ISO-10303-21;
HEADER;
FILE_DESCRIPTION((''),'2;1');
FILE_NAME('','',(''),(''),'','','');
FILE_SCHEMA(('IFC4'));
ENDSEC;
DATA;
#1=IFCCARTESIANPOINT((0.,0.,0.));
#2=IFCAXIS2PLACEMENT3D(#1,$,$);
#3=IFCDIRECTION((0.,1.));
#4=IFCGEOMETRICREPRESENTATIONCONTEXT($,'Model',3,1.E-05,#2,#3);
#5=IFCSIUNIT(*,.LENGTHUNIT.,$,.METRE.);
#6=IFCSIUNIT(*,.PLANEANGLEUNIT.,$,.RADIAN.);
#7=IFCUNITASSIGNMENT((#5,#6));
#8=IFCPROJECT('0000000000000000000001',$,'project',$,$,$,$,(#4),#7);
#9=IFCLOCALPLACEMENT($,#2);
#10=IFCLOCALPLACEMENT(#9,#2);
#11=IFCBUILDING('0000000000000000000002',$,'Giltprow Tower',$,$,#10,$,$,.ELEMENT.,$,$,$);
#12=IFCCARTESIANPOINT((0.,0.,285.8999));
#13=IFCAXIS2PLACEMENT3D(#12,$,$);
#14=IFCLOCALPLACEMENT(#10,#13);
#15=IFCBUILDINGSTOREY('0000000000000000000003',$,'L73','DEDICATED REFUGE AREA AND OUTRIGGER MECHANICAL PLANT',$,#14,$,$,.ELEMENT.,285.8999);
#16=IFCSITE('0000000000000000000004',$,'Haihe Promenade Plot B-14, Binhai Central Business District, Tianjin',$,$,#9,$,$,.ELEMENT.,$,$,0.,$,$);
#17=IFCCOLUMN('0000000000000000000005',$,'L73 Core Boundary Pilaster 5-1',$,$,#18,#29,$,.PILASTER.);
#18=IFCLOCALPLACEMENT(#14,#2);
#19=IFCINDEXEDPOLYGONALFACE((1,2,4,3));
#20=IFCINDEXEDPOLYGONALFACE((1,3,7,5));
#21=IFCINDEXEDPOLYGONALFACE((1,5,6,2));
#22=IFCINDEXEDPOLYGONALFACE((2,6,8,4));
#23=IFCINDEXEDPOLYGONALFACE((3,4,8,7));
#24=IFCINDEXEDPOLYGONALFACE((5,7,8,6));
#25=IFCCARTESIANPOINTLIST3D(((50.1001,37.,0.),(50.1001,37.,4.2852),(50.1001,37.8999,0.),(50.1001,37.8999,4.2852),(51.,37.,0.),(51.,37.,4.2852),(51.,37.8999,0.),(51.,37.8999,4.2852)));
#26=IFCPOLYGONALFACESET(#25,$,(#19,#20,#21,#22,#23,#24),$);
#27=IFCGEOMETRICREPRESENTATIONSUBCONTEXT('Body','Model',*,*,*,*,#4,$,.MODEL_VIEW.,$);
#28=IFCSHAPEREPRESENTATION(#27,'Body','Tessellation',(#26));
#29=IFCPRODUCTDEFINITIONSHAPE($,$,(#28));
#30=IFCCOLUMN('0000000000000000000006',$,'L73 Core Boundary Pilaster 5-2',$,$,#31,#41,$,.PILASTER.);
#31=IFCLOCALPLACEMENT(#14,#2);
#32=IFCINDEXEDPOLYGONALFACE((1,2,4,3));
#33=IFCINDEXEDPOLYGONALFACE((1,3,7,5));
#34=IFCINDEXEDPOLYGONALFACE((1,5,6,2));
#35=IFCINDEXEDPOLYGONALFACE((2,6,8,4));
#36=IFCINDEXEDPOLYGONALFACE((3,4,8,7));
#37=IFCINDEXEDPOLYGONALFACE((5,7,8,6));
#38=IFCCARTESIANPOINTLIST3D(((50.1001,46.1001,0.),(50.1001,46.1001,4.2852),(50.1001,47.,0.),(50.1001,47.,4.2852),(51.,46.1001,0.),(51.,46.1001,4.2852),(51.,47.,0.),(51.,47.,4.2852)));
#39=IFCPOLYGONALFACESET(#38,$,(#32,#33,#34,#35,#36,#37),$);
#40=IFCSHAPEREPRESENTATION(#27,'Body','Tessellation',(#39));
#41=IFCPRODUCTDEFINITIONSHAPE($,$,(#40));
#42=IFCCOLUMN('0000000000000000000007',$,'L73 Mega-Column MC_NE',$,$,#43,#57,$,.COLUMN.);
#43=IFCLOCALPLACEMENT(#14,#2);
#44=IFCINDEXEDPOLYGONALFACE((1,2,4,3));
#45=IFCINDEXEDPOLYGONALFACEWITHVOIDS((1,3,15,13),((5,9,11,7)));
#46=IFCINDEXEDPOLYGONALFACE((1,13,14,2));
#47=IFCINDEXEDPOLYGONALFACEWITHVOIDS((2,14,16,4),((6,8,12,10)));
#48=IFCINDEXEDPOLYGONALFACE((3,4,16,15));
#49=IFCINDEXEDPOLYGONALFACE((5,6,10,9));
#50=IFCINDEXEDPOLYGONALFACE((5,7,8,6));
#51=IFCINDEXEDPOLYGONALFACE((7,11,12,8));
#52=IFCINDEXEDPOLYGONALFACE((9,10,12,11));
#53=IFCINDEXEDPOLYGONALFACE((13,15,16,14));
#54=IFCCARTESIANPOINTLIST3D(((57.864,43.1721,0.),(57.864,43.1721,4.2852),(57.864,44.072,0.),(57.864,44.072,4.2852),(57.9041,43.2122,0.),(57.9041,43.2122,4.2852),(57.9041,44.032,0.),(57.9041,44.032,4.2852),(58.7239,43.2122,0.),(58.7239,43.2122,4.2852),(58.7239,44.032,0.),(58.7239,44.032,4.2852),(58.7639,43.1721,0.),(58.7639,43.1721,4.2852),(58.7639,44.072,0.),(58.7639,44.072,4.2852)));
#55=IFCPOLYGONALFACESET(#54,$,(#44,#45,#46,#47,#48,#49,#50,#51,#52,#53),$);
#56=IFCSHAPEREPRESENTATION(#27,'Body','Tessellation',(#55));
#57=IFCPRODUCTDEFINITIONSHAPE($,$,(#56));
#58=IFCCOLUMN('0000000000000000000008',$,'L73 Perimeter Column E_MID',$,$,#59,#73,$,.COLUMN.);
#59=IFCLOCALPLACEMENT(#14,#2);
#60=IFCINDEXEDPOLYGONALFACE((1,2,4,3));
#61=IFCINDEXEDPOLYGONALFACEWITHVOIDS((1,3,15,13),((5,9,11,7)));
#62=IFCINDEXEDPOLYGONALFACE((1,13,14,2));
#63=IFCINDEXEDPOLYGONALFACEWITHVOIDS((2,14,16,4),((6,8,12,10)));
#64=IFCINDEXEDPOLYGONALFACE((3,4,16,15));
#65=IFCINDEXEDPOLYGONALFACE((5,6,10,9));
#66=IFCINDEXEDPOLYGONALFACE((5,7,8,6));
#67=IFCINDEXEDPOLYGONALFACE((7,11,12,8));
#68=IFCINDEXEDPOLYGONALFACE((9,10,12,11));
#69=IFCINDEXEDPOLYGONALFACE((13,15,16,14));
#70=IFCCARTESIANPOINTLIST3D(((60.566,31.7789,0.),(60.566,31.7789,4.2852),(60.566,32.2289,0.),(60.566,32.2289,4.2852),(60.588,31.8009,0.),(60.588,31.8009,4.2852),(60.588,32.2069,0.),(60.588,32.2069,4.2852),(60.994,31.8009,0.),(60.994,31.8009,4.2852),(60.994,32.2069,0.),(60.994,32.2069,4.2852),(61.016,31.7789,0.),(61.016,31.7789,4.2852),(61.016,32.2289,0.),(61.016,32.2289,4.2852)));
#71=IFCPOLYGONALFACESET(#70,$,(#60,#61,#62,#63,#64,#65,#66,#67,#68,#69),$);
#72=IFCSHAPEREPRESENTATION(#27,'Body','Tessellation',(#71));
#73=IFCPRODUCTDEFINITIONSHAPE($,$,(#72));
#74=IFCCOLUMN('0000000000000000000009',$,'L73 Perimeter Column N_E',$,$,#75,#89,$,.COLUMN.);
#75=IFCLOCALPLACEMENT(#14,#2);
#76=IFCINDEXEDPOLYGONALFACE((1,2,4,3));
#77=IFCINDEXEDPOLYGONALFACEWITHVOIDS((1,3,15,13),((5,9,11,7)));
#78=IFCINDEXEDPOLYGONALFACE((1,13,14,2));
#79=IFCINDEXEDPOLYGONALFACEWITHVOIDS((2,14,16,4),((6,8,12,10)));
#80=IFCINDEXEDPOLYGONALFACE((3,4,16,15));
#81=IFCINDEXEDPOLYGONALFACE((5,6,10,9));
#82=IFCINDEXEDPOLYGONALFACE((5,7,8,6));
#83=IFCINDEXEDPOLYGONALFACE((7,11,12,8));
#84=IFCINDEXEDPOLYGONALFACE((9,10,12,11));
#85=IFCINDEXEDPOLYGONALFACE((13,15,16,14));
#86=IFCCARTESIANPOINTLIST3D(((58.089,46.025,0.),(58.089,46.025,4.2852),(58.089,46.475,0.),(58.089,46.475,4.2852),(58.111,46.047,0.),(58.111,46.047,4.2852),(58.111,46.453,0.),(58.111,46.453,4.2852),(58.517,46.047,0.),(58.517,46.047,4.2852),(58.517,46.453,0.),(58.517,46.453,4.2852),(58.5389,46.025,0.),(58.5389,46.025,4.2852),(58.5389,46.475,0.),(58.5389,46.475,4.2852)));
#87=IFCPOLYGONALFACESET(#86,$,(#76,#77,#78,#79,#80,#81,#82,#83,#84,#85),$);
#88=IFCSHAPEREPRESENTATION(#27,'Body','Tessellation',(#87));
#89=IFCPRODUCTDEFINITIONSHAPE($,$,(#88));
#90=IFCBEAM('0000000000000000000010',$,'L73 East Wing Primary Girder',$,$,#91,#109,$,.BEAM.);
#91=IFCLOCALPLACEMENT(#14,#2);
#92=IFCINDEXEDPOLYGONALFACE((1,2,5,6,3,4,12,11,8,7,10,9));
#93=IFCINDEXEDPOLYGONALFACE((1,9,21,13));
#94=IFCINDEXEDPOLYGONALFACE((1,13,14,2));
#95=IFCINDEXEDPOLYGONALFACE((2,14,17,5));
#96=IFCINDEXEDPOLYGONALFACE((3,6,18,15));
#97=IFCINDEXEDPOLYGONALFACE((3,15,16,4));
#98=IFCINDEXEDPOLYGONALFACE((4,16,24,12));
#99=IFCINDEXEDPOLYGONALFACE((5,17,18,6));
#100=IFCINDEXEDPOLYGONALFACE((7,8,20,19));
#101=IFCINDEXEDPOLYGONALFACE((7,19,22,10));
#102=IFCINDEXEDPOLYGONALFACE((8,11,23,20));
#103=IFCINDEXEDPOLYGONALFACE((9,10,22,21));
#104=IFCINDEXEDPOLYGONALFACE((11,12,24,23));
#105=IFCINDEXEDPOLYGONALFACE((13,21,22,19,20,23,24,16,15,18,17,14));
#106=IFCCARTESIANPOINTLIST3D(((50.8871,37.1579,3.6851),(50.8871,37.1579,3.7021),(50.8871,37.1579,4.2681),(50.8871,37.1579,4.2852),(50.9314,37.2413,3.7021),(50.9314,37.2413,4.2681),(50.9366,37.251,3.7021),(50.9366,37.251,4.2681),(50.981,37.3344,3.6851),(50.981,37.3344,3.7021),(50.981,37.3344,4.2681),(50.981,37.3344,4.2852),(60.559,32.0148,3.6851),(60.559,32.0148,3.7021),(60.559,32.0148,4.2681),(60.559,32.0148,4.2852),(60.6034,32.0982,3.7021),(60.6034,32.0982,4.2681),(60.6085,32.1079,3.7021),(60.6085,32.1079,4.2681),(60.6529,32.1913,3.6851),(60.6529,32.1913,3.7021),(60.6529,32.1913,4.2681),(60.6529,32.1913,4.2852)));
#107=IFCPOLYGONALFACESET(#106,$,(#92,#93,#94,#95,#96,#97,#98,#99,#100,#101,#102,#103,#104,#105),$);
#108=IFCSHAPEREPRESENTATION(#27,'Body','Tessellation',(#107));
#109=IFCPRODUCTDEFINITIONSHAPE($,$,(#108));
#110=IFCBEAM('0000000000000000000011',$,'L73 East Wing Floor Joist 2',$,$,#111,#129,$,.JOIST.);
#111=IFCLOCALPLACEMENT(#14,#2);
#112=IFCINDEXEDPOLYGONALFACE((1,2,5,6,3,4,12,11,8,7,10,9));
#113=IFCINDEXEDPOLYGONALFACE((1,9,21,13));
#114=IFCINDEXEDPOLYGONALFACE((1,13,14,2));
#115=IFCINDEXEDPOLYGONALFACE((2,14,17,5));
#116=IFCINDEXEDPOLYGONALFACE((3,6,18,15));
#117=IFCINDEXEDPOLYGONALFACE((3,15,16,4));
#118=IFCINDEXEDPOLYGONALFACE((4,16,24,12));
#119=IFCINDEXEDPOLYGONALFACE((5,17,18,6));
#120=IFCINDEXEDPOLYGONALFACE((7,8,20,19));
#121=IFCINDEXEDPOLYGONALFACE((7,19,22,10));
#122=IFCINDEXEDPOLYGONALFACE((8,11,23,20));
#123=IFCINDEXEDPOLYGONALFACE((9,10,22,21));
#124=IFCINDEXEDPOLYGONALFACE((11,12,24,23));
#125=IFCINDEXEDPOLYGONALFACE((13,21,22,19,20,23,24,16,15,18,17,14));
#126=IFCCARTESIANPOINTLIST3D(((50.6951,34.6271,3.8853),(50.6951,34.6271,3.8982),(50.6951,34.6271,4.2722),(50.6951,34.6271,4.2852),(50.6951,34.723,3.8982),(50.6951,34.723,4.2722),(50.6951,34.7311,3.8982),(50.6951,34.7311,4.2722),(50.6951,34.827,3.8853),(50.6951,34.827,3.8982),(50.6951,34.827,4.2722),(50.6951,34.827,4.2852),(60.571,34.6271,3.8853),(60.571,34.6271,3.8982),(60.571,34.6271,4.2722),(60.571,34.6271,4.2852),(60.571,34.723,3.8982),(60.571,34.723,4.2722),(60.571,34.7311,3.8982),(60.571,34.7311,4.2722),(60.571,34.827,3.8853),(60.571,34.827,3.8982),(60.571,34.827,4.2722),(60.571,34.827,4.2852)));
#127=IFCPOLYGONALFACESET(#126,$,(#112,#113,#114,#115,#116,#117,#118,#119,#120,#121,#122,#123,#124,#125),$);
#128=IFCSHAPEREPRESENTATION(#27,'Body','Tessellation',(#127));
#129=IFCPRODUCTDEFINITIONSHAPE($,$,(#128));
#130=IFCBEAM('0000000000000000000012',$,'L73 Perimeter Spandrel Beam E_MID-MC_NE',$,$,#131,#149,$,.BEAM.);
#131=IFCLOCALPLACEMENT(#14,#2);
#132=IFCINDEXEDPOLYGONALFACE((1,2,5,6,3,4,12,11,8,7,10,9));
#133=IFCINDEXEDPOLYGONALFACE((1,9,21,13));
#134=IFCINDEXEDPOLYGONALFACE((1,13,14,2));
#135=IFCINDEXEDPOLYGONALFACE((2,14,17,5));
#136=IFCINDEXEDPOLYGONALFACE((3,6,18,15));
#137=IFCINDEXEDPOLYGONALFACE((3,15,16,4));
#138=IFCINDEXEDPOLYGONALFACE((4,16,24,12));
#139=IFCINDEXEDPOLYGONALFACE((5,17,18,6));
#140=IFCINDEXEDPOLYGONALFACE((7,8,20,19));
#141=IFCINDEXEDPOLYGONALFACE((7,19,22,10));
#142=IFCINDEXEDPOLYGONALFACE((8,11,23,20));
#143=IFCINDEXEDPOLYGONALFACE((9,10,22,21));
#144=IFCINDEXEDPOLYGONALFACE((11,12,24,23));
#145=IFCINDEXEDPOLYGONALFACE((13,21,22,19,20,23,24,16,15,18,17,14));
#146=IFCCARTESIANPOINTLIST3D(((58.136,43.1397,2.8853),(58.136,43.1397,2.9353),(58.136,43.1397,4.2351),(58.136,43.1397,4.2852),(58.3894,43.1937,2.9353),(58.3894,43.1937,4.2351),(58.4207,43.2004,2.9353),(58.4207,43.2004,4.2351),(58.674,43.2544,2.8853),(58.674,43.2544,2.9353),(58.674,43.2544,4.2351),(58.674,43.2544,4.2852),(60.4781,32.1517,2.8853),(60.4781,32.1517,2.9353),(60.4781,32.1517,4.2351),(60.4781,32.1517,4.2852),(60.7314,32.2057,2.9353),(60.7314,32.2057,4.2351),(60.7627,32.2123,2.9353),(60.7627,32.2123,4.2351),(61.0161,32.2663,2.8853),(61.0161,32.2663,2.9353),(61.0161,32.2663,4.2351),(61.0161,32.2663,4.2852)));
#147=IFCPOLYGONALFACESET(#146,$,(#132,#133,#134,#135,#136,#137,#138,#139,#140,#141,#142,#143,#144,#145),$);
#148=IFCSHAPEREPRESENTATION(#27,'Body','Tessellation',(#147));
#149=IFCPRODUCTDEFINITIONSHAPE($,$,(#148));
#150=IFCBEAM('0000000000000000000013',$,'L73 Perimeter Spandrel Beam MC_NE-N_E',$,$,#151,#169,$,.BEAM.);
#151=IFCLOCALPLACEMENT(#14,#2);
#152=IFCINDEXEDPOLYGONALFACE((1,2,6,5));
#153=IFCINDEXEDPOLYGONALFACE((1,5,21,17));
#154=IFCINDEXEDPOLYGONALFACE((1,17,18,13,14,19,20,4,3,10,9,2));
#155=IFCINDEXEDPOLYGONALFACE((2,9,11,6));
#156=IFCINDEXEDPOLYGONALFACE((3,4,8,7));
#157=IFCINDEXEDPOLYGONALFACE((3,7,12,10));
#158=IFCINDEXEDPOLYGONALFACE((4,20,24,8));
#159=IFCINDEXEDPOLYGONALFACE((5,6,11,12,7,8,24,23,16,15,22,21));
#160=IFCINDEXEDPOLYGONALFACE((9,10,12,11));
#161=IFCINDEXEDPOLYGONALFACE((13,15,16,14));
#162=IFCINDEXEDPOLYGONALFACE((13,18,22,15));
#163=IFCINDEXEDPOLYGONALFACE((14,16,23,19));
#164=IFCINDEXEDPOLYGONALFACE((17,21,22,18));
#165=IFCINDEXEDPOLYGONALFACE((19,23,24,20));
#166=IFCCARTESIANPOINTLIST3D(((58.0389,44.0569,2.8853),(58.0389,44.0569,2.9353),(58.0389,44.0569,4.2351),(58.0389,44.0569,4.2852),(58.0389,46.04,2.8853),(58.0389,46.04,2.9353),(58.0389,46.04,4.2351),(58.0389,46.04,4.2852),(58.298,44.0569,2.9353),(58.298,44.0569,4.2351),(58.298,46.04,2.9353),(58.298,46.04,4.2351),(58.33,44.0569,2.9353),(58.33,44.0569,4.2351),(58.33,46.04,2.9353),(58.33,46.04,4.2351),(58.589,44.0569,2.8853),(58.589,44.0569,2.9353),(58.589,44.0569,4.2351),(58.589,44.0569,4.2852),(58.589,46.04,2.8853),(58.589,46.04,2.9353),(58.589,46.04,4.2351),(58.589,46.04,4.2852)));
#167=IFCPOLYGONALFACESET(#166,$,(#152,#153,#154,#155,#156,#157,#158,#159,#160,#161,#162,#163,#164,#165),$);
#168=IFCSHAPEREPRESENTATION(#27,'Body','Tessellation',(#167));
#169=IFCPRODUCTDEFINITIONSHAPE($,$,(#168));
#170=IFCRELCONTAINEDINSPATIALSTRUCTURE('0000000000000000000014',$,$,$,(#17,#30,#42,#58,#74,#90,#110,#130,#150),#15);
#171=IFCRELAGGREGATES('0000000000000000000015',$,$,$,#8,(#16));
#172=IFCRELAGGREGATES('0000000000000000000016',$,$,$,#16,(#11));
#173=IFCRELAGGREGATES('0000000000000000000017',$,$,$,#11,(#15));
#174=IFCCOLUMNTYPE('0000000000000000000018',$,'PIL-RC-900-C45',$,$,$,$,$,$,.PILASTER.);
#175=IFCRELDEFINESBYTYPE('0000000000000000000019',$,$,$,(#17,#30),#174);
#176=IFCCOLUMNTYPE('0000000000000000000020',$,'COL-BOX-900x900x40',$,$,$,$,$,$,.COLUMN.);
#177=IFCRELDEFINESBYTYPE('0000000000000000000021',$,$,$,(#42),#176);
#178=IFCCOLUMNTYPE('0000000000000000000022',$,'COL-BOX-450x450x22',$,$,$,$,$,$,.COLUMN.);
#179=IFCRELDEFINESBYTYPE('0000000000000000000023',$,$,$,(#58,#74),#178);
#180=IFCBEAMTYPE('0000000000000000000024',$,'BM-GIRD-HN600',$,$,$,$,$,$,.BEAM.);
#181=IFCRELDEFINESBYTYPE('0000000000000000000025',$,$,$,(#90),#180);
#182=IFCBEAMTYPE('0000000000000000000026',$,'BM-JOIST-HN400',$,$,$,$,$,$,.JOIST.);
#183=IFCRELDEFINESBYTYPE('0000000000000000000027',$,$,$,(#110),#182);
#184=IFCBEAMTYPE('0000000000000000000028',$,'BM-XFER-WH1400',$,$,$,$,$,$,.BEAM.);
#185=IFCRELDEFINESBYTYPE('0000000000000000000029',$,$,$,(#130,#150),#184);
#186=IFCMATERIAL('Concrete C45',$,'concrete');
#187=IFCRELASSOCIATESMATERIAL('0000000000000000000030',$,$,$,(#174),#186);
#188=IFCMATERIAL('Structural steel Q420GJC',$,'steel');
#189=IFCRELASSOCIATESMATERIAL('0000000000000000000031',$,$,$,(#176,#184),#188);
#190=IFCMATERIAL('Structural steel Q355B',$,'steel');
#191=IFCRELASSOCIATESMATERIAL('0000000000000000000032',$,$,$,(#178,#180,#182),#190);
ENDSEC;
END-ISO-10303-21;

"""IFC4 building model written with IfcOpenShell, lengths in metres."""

from ifc_helpers import new_model, si_unit, direction, frame, origin, origin_2d, place, context, subcontext, project, spatial, rectangle, hollow_rectangle, i_section, extrude, source, transform, mapped, material, material_profile, profile_set, type_object, element, save


model = new_model("IFC4")

# Units and contexts
model_context = context("Model", 3, precision=1e-05, world=origin(), true_north=direction((0.0, 1.0)))
body_context = subcontext(model_context, "Body", "Model", "MODEL_VIEW")
ifc_project = project(units=[si_unit("LENGTHUNIT", "METRE"), si_unit("PLANEANGLEUNIT", "RADIAN")], contexts=[model_context])

# Site, building, storey
site_placement = place(None, origin())
site = spatial("IfcSite", under=ifc_project, at=site_placement, Name="Haihe Promenade Plot B-14, Binhai Central Business District, Tianjin", CompositionType="ELEMENT", RefElevation=0.0)
building_placement = place(site_placement, origin())
building = spatial("IfcBuilding", under=site, at=building_placement, Name="Giltprow Tower", CompositionType="ELEMENT")
storey_placement = place(building_placement, frame((0.0, 0.0, 285.8999)))
storey = spatial("IfcBuildingStorey", under=building, at=storey_placement, Name="L73", Description="DEDICATED REFUGE AREA AND OUTRIGGER MECHANICAL PLANT", CompositionType="ELEMENT", Elevation=285.8999)

# Columns
ifc_material_1 = material(Name="Concrete C45", Category="concrete")
ifc_material_profile_1 = material_profile(ifc_material_1, rectangle(XDim=0.8999, YDim=0.8999, at=origin_2d()), Name="RC 900x900")
ifc_profile_set_1 = profile_set([ifc_material_profile_1], Name="Concrete C45")
column_type_1 = type_object("IfcColumnType", Name="PIL-RC-900-C45", PredefinedType="PILASTER", material=ifc_profile_set_1)
shared_shape_1 = source(origin(), body_context, "Body", "SweptSolid", [
    extrude(rectangle(XDim=0.8999, YDim=0.8999, at=origin_2d()), origin(), (0.0, 0.0, 1.0), 4.2852),
])
for number, where, z_axis, x_axis, name in (
    (1, (50.55, 37.45, 0.0), (0.0, 0.0, 1.0), (1.0, 0.0, 0.0), "L73 Core Boundary Pilaster 5-1"),
    (2, (50.55, 46.55, 0.0), (0.0, 0.0, 1.0), (1.0, 0.0, 0.0), "L73 Core Boundary Pilaster 5-2"),
):
    element("IfcColumn", number, at=place(storey_placement, frame(where, z_axis=z_axis, x_axis=x_axis)), inside=storey, type_object=column_type_1, Name=name, PredefinedType="PILASTER", context=body_context, shape_type="MappedRepresentation", body=[
        mapped(shared_shape_1, transform((0.0, 0.0, 0.0), x_axis=(1.0, 0.0, 0.0), y_axis=(0.0, 1.0, 0.0), z_axis=(0.0, 0.0, 1.0), scale=1.0)),
    ])
ifc_material_2 = material(Name="Structural steel Q420GJC", Category="steel")
ifc_material_profile_2 = material_profile(ifc_material_2, hollow_rectangle(XDim=0.8999, YDim=0.8999, WallThickness=0.04, at=origin_2d()), Name="BOX 900x900x40")
ifc_profile_set_2 = profile_set([ifc_material_profile_2], Name="Structural steel Q420GJC")
column_type_2 = type_object("IfcColumnType", Name="COL-BOX-900x900x40", PredefinedType="COLUMN", material=ifc_profile_set_2)
shared_shape_2 = source(origin(), body_context, "Body", "SweptSolid", [
    extrude(hollow_rectangle(XDim=0.8999, YDim=0.8999, WallThickness=0.04, at=origin_2d()), origin(), (0.0, 0.0, 1.0), 4.2852),
])
column_placement = place(storey_placement, frame((58.314, 43.6221, 0.0), z_axis=(0.0, 0.0, 1.0), x_axis=(1.0, 0.0, 0.0)))
element("IfcColumn", 3, at=column_placement, inside=storey, type_object=column_type_2, Name="L73 Mega-Column MC_NE", PredefinedType="COLUMN", context=body_context, shape_type="MappedRepresentation", body=[
    mapped(shared_shape_2, transform((0.0, 0.0, 0.0), x_axis=(1.0, 0.0, 0.0), y_axis=(0.0, 1.0, 0.0), z_axis=(0.0, 0.0, 1.0), scale=1.0)),
])
ifc_material_3 = material(Name="Structural steel Q355B", Category="steel")
ifc_material_profile_3 = material_profile(ifc_material_3, hollow_rectangle(XDim=0.45, YDim=0.45, WallThickness=0.022, at=origin_2d()), Name="BOX 450x450x22")
ifc_profile_set_3 = profile_set([ifc_material_profile_3], Name="Structural steel Q355B")
column_type_3 = type_object("IfcColumnType", Name="COL-BOX-450x450x22", PredefinedType="COLUMN", material=ifc_profile_set_3)
shared_shape_3 = source(origin(), body_context, "Body", "SweptSolid", [
    extrude(hollow_rectangle(XDim=0.45, YDim=0.45, WallThickness=0.022, at=origin_2d()), origin(), (0.0, 0.0, 1.0), 4.2852),
])
for number, where, z_axis, x_axis, name in (
    (4, (60.791, 32.0039, 0.0), (0.0, 0.0, 1.0), (1.0, 0.0, 0.0), "L73 Perimeter Column E_MID"),
    (5, (58.314, 46.25, 0.0), (0.0, 0.0, 1.0), (1.0, 0.0, 0.0), "L73 Perimeter Column N_E"),
):
    element("IfcColumn", number, at=place(storey_placement, frame(where, z_axis=z_axis, x_axis=x_axis)), inside=storey, type_object=column_type_3, Name=name, PredefinedType="COLUMN", context=body_context, shape_type="MappedRepresentation", body=[
        mapped(shared_shape_3, transform((0.0, 0.0, 0.0), x_axis=(1.0, 0.0, 0.0), y_axis=(0.0, 1.0, 0.0), z_axis=(0.0, 0.0, 1.0), scale=1.0)),
    ])

# Beams
ifc_material_profile_4 = material_profile(ifc_material_3, i_section(OverallWidth=0.2, OverallDepth=0.6001, WebThickness=0.011, FlangeThickness=0.0171, at=origin_2d()), Name="HN 600x200x11x17")
ifc_profile_set_4 = profile_set([ifc_material_profile_4], Name="Structural steel Q355B")
beam_type_1 = type_object("IfcBeamType", Name="BM-GIRD-HN600", PredefinedType="BEAM", material=ifc_profile_set_4)
shared_shape_4 = source(origin(), body_context, "Body", "SweptSolid", [
    extrude(i_section(OverallWidth=0.2, OverallDepth=0.6001, WebThickness=0.011, FlangeThickness=0.0171, at=origin_2d()), origin(), (0.0, 0.0, 1.0), 10.9543),
])
beam_1_placement = place(storey_placement, frame((60.606, 32.103, 3.9851), z_axis=(-0.882931, 0.469503, 0.0), x_axis=(-0.469503, -0.882931, 0.0)))
element("IfcBeam", 6, at=beam_1_placement, inside=storey, type_object=beam_type_1, Name="L73 East Wing Primary Girder", PredefinedType="BEAM", context=body_context, shape_type="MappedRepresentation", body=[
    mapped(shared_shape_4, transform((0.0, 0.0, 0.0), x_axis=(1.0, 0.0, 0.0), y_axis=(0.0, 1.0, 0.0), z_axis=(0.0, 0.0, 1.0), scale=1.0)),
])
ifc_material_profile_5 = material_profile(ifc_material_3, i_section(OverallWidth=0.2, OverallDepth=0.3999, WebThickness=0.0081, FlangeThickness=0.0129, at=origin_2d()), Name="HN 400x200x8x13")
ifc_profile_set_5 = profile_set([ifc_material_profile_5], Name="Structural steel Q355B")
beam_type_2 = type_object("IfcBeamType", Name="BM-JOIST-HN400", PredefinedType="JOIST", material=ifc_profile_set_5)
shared_shape_5 = source(origin(), body_context, "Body", "SweptSolid", [
    extrude(i_section(OverallWidth=0.2, OverallDepth=0.3999, WebThickness=0.0081, FlangeThickness=0.0129, at=origin_2d()), origin(), (0.0, 0.0, 1.0), 9.876),
])
beam_2_placement = place(storey_placement, frame((50.6951, 34.7271, 4.0852), z_axis=(1.0, 0.0, 0.0), x_axis=(0.0, 1.0, 0.0)))
element("IfcBeam", 7, at=beam_2_placement, inside=storey, type_object=beam_type_2, Name="L73 East Wing Floor Joist 2", PredefinedType="JOIST", context=body_context, shape_type="MappedRepresentation", body=[
    mapped(shared_shape_5, transform((0.0, 0.0, 0.0), x_axis=(1.0, 0.0, 0.0), y_axis=(0.0, 1.0, 0.0), z_axis=(0.0, 0.0, 1.0), scale=1.0)),
])
ifc_material_profile_6 = material_profile(ifc_material_2, i_section(OverallWidth=0.55, OverallDepth=1.3999, WebThickness=0.032, FlangeThickness=0.05, at=origin_2d()), Name="WH 1400x550x32x50")
ifc_profile_set_6 = profile_set([ifc_material_profile_6], Name="Structural steel Q420GJC")
beam_type_3 = type_object("IfcBeamType", Name="BM-XFER-WH1400", PredefinedType="BEAM", material=ifc_profile_set_6)
shared_shape_6 = source(origin(), body_context, "Body", "SweptSolid", [
    extrude(i_section(OverallWidth=0.55, OverallDepth=1.3999, WebThickness=0.032, FlangeThickness=0.05, at=origin_2d()), origin(), (0.0, 0.0, 1.0), 11.2349),
])
beam_3_placement = place(storey_placement, frame((60.7471, 32.209, 3.5852), z_axis=(-0.208462, 0.97803, 0.0), x_axis=(-0.97803, -0.208462, 0.0)))
element("IfcBeam", 8, at=beam_3_placement, inside=storey, type_object=beam_type_3, Name="L73 Perimeter Spandrel Beam E_MID-MC_NE", PredefinedType="BEAM", context=body_context, shape_type="MappedRepresentation", body=[
    mapped(shared_shape_6, transform((0.0, 0.0, 0.0), x_axis=(1.0, 0.0, 0.0), y_axis=(0.0, 1.0, 0.0), z_axis=(0.0, 0.0, 1.0), scale=1.0)),
])
shared_shape_7 = source(origin(), body_context, "Body", "SweptSolid", [
    extrude(i_section(OverallWidth=0.55, OverallDepth=1.3999, WebThickness=0.032, FlangeThickness=0.05, at=origin_2d()), origin(), (0.0, 0.0, 1.0), 1.9832),
])
beam_4_placement = place(storey_placement, frame((58.314, 44.0569, 3.5852), z_axis=(0.0, 1.0, 0.0), x_axis=(-1.0, 0.0, 0.0)))
element("IfcBeam", 9, at=beam_4_placement, inside=storey, type_object=beam_type_3, Name="L73 Perimeter Spandrel Beam MC_NE-N_E", PredefinedType="BEAM", context=body_context, shape_type="MappedRepresentation", body=[
    mapped(shared_shape_7, transform((0.0, 0.0, 0.0), x_axis=(1.0, 0.0, 0.0), y_axis=(0.0, 1.0, 0.0), z_axis=(0.0, 0.0, 1.0), scale=1.0)),
])

save(model, "model.ifc")
